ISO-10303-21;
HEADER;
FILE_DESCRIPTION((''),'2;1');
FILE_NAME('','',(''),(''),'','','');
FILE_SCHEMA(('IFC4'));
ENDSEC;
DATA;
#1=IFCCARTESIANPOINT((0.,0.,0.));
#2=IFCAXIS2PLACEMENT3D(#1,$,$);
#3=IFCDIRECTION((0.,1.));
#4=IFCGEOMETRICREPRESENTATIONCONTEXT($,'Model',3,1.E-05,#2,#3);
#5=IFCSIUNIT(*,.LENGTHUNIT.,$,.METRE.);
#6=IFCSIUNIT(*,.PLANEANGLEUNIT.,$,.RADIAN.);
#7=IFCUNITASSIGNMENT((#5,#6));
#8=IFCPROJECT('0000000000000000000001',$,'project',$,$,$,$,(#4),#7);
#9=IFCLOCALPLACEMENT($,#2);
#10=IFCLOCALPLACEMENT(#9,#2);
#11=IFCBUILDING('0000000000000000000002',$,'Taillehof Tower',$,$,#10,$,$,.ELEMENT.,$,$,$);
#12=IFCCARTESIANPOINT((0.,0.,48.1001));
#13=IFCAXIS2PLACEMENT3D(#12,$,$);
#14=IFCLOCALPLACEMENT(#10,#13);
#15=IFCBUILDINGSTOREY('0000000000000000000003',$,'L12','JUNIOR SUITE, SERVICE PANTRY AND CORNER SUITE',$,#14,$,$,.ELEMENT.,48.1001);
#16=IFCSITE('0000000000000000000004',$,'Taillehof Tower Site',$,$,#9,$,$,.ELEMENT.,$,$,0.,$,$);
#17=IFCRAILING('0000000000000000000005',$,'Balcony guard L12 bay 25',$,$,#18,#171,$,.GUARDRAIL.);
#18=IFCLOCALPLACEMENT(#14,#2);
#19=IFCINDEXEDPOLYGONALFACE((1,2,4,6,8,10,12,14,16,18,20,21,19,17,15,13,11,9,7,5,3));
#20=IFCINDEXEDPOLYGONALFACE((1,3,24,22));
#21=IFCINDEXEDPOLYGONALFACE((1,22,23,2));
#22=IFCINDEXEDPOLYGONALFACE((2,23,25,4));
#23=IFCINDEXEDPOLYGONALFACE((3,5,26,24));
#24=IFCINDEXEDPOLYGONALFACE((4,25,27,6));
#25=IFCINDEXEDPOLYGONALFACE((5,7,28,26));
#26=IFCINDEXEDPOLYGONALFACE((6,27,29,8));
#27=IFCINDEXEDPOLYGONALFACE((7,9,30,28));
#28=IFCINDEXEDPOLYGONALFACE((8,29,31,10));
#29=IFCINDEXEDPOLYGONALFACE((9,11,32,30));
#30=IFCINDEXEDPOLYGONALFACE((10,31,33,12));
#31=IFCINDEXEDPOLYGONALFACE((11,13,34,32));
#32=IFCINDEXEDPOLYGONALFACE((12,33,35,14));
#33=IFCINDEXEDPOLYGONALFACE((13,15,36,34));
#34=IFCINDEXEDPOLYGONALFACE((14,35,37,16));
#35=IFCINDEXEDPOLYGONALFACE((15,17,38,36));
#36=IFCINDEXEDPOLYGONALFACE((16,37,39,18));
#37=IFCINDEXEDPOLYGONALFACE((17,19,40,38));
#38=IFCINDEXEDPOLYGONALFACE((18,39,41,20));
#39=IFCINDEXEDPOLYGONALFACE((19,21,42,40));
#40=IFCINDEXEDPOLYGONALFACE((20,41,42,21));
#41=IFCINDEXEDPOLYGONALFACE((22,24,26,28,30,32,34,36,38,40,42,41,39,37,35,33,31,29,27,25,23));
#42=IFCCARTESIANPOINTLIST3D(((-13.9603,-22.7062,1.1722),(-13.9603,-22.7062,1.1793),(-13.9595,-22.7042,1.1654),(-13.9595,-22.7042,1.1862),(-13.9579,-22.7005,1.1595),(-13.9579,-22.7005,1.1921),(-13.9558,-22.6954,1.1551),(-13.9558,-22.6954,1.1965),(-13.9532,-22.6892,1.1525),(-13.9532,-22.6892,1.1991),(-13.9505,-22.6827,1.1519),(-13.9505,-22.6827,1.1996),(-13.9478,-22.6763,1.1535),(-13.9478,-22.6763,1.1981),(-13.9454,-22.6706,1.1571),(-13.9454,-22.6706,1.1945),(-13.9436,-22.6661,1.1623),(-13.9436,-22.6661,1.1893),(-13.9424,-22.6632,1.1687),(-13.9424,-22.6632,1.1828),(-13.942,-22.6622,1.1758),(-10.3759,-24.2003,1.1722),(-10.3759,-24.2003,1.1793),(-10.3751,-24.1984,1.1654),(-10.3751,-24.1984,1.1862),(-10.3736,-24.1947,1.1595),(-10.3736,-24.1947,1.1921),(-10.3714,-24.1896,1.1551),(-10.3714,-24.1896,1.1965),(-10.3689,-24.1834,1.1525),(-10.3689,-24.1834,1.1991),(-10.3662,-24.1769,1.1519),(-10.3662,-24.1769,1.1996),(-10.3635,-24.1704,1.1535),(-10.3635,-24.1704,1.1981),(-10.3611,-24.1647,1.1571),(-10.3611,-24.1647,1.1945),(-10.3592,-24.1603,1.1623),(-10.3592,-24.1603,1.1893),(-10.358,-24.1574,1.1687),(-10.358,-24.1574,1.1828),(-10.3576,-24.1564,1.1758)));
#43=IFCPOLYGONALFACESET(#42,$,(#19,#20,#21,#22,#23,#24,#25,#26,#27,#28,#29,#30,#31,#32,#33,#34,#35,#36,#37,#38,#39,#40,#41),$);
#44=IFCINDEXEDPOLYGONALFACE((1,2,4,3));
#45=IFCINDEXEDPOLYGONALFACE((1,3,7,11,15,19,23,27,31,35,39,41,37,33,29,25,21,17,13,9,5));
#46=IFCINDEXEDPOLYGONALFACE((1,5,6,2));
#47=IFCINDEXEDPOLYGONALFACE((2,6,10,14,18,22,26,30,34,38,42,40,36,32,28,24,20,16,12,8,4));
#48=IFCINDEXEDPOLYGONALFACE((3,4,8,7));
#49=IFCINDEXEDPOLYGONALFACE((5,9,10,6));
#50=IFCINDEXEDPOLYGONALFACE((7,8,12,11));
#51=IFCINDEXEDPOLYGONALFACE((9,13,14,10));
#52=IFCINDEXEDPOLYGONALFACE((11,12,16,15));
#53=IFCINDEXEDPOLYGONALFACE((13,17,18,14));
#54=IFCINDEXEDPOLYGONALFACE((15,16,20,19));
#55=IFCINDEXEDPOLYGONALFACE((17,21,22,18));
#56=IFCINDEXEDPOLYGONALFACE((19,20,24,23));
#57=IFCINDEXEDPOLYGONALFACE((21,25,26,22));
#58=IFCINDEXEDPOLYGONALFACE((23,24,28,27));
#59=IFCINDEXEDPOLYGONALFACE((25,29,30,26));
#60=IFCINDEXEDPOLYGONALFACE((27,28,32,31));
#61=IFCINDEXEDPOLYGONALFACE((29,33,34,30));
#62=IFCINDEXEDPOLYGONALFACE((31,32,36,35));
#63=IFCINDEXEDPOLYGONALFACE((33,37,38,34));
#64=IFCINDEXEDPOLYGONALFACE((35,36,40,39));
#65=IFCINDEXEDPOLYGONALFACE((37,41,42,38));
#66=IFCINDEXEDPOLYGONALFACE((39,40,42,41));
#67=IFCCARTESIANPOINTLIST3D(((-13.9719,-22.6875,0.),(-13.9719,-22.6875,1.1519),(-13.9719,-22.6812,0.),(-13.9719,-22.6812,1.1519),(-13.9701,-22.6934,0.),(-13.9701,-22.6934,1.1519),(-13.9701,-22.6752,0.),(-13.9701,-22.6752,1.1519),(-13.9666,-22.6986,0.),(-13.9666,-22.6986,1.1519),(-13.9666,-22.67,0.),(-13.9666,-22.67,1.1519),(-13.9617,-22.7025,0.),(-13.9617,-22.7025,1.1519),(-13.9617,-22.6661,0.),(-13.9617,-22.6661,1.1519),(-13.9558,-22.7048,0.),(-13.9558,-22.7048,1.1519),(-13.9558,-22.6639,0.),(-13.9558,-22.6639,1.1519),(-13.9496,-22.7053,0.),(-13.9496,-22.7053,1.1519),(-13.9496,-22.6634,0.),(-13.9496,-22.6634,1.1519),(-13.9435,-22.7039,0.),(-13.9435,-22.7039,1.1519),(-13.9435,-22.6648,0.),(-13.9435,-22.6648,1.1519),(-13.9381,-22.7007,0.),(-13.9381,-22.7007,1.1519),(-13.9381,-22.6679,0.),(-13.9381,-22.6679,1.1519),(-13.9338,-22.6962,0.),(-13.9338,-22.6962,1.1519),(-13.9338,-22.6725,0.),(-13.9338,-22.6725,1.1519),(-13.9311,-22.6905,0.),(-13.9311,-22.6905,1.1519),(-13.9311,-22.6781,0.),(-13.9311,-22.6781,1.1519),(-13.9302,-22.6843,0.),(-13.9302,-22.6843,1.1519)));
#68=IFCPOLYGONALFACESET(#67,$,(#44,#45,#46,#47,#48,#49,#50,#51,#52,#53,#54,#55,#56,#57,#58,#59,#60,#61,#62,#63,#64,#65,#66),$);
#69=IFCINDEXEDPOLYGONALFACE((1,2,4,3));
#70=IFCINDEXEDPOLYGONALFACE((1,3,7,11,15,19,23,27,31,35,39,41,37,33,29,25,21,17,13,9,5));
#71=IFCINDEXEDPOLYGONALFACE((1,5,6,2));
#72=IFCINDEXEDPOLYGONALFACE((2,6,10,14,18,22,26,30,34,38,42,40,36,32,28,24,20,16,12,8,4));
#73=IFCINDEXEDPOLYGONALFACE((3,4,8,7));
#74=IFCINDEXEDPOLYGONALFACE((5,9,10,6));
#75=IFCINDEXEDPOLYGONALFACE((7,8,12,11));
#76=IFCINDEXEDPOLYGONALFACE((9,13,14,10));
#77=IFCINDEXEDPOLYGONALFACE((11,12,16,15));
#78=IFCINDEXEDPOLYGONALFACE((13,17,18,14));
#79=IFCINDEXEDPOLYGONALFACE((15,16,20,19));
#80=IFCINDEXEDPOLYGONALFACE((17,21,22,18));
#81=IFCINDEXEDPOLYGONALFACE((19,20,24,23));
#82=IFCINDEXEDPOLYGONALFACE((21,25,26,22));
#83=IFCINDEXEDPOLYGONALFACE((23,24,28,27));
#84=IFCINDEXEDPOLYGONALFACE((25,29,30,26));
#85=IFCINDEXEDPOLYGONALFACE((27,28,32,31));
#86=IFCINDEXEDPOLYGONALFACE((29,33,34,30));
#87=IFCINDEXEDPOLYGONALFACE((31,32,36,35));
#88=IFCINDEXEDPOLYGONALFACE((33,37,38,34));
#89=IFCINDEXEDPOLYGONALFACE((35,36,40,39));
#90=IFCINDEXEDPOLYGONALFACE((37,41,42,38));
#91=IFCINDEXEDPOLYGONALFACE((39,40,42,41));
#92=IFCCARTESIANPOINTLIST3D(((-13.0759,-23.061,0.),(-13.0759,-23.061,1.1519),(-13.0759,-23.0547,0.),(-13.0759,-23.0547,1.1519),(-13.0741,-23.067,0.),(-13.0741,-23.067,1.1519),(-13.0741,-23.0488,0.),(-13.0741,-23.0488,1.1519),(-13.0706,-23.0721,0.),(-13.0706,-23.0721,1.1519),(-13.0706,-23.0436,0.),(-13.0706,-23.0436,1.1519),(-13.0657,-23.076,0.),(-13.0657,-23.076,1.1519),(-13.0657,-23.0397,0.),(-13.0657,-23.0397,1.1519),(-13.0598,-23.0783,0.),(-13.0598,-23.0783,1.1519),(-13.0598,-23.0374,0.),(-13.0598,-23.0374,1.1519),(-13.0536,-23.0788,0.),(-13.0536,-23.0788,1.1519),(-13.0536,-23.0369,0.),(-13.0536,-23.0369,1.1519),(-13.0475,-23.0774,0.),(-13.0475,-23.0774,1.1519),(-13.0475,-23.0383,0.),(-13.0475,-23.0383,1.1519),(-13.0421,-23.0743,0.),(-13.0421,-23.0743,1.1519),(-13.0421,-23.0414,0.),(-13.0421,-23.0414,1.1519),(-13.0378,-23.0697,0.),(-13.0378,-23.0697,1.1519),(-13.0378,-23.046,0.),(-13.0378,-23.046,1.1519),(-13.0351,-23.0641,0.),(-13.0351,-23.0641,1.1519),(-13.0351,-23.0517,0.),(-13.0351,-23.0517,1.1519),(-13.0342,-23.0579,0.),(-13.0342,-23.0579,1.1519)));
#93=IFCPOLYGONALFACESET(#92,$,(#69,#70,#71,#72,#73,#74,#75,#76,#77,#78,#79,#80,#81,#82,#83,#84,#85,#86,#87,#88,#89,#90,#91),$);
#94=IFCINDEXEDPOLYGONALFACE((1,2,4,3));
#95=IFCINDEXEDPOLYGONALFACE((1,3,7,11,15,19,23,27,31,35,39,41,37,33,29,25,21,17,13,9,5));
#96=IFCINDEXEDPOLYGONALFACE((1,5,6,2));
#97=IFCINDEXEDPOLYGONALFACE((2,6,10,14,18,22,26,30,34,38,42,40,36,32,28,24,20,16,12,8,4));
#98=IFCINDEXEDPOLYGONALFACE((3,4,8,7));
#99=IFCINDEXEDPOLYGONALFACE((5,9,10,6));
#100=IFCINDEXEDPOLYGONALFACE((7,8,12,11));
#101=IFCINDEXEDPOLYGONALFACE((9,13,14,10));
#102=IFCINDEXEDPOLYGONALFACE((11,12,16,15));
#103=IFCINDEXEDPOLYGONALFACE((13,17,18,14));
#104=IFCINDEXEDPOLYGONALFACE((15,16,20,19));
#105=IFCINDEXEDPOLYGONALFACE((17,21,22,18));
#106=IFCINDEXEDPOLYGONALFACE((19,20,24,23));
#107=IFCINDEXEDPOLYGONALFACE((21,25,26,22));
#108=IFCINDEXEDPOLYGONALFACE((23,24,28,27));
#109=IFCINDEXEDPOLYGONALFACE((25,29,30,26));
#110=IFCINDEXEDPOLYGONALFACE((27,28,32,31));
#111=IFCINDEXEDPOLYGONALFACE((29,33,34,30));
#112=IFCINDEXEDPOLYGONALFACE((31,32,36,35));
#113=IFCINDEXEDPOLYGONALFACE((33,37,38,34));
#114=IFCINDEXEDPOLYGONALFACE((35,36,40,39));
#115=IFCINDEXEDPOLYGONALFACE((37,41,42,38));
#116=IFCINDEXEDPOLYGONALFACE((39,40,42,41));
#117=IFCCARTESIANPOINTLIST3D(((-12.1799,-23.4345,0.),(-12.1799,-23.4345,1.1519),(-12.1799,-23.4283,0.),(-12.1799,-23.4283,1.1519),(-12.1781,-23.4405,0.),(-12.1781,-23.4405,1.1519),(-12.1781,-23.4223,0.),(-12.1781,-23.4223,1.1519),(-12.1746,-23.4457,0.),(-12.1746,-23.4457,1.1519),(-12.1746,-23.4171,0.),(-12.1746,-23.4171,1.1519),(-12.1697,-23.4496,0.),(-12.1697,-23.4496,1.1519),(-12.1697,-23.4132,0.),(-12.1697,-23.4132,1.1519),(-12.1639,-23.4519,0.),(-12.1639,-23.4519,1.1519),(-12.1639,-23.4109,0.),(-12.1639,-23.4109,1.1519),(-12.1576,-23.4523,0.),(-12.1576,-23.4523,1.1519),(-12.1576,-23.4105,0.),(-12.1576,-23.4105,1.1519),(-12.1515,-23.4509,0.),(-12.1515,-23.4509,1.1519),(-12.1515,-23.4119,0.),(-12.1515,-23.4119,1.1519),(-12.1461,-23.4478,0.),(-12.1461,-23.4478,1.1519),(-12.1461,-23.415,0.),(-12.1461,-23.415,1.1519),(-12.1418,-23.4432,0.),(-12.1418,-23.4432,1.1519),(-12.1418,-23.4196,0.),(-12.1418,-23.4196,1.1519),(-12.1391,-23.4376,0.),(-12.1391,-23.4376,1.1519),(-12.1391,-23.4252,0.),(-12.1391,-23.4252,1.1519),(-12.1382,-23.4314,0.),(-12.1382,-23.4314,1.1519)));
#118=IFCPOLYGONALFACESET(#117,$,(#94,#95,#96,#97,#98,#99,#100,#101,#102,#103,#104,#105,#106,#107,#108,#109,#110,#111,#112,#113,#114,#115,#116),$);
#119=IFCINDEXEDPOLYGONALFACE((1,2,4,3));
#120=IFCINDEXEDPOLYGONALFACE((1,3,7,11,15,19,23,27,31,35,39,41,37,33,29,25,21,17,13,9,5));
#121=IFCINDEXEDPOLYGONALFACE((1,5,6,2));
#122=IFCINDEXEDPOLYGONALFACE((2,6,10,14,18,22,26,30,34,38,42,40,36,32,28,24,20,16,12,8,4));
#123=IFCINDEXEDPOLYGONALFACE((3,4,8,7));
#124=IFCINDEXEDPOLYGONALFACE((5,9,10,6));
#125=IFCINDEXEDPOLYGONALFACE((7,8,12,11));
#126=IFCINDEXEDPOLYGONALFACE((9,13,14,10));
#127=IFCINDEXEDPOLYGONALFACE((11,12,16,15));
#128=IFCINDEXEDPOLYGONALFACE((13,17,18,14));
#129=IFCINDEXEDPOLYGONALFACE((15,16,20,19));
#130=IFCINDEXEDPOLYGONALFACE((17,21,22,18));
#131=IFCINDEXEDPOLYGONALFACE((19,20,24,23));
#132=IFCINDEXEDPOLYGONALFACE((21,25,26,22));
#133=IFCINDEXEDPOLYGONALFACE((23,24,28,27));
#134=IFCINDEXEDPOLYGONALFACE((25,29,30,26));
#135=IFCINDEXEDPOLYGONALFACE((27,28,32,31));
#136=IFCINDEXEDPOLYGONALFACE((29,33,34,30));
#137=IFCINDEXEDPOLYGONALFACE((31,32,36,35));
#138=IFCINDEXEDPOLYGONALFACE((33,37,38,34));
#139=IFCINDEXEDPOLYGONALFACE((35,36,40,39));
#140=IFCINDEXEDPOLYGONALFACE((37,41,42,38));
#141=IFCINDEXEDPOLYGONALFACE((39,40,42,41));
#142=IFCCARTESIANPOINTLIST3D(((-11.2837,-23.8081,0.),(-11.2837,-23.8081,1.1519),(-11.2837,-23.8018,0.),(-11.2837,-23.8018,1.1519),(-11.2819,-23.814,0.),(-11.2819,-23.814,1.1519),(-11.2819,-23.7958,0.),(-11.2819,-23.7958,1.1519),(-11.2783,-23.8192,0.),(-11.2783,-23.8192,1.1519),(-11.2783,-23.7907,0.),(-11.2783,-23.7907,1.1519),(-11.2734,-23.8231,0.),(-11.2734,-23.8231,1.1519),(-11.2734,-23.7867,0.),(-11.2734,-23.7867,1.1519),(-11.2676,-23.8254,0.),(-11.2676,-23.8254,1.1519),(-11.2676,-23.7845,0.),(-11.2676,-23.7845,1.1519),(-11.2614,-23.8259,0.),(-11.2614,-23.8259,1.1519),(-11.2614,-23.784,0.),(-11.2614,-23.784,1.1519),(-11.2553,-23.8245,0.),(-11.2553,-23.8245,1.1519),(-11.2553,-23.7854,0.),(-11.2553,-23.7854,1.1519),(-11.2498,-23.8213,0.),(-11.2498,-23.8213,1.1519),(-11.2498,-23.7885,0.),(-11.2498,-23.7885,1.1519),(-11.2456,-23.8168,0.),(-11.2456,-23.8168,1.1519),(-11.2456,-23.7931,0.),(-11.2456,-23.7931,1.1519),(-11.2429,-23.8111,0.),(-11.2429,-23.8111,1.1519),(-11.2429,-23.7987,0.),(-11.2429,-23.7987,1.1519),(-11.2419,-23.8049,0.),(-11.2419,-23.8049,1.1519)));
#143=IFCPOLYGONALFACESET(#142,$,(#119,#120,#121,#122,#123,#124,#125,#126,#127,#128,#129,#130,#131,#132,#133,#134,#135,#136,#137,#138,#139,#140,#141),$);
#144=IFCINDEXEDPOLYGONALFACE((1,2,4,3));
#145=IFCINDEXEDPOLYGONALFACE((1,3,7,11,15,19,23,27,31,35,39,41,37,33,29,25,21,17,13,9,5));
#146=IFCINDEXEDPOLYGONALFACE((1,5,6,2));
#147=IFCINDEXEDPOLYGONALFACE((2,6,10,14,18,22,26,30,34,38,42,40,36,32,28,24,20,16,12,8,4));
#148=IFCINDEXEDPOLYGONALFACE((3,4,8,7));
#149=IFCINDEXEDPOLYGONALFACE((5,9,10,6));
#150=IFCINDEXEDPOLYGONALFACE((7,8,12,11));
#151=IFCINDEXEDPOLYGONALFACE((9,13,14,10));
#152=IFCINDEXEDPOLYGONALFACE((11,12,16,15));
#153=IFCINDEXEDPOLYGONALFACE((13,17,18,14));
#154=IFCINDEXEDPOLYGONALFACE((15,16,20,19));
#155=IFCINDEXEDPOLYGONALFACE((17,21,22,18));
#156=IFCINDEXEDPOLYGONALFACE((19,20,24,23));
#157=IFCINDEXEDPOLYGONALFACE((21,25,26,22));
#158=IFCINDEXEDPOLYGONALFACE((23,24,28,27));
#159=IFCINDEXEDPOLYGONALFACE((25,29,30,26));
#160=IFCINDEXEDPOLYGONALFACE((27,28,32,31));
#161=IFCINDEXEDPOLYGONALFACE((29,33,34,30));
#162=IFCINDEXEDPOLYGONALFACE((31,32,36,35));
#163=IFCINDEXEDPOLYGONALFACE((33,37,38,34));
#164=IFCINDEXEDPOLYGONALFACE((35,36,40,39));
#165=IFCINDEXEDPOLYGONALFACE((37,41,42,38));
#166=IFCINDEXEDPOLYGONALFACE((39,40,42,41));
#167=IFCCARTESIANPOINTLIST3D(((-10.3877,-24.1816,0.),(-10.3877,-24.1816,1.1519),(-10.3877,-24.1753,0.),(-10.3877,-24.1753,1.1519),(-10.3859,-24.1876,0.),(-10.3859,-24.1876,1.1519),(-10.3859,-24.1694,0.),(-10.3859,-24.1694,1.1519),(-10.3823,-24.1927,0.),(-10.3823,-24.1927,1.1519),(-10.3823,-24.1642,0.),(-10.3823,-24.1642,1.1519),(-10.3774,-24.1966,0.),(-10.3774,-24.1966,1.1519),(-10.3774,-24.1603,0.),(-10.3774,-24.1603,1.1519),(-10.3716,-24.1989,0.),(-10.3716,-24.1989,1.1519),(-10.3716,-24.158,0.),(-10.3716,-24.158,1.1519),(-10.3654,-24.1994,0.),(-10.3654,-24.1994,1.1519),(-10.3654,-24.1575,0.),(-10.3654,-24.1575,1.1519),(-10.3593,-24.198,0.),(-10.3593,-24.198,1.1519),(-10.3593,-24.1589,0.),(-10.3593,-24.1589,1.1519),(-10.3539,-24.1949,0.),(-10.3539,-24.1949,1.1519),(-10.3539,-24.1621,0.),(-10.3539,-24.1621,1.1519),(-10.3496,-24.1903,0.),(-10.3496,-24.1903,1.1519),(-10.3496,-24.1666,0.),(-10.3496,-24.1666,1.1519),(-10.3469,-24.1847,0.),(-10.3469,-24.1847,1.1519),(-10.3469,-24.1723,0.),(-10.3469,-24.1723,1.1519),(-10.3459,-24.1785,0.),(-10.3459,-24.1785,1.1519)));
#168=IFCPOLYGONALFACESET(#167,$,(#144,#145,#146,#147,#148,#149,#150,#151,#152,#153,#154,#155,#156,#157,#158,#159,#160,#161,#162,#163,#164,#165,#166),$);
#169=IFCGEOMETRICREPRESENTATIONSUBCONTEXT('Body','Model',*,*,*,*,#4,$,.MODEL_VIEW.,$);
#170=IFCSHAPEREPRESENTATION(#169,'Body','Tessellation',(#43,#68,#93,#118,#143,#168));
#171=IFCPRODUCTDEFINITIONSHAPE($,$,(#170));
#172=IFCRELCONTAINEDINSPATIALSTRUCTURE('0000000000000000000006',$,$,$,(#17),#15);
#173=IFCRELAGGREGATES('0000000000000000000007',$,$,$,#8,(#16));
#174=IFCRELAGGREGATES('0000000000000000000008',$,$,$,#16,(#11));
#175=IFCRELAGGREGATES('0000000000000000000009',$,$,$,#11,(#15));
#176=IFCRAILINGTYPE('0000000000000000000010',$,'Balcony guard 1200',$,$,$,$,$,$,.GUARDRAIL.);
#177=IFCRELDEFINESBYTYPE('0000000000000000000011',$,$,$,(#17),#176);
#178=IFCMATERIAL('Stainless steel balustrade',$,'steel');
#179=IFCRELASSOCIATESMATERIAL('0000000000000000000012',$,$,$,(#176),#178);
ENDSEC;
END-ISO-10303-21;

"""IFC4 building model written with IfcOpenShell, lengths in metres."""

from ifc_helpers import new_model, si_unit, direction, frame, origin, origin_2d, place, context, subcontext, project, spatial, circle, extrude, material, type_object, element, save


model = new_model("IFC4")

# Units and contexts
model_context = context("Model", 3, precision=1e-05, world=origin(), true_north=direction((0.0, 1.0)))
body_context = subcontext(model_context, "Body", "Model", "MODEL_VIEW")
ifc_project = project(units=[si_unit("LENGTHUNIT", "METRE"), si_unit("PLANEANGLEUNIT", "RADIAN")], contexts=[model_context])

# Site, building, storey
site_placement = place(None, origin())
site = spatial("IfcSite", under=ifc_project, at=site_placement, Name="Taillehof Tower Site", CompositionType="ELEMENT", RefElevation=0.0)
building_placement = place(site_placement, origin())
building = spatial("IfcBuilding", under=site, at=building_placement, Name="Taillehof Tower", CompositionType="ELEMENT")
storey_placement = place(building_placement, frame((0.0, 0.0, 48.1001)))
storey = spatial("IfcBuildingStorey", under=building, at=storey_placement, Name="L12", Description="JUNIOR SUITE, SERVICE PANTRY AND CORNER SUITE", CompositionType="ELEMENT", Elevation=48.1001)

# Railing
ifc_material_1 = material(Name="Stainless steel balustrade", Category="steel")
railing_type = type_object("IfcRailingType", Name="Balcony guard 1200", PredefinedType="GUARDRAIL", material=ifc_material_1)
railing_1_placement = place(storey_placement, frame((-13.9512, -22.6843, 0.0)))
element("IfcRailing", 1, at=railing_1_placement, inside=storey, type_object=railing_type, Name="Balcony guard L12 bay 25", PredefinedType="GUARDRAIL", context=body_context, shape_type="SweptSolid", body=[
    extrude(circle(Radius=0.0239, at=origin_2d()), frame((0.0, 0.0, 1.1758), z_axis=(0.923012, -0.384772, 0.0), x_axis=(0.384772, 0.923012, 0.0)), (0.0, 0.0, 1.0), 3.8833),
    extrude(circle(Radius=0.021, at=origin_2d()), origin(), (0.0, 0.0, 1.0), 1.1519),
    extrude(circle(Radius=0.021, at=origin_2d()), frame((0.896, -0.3735, 0.0)), (0.0, 0.0, 1.0), 1.1519),
    extrude(circle(Radius=0.021, at=origin_2d()), frame((1.792, -0.7471, 0.0)), (0.0, 0.0, 1.0), 1.1519),
    extrude(circle(Radius=0.021, at=origin_2d()), frame((2.6882, -1.1206, 0.0)), (0.0, 0.0, 1.0), 1.1519),
    extrude(circle(Radius=0.021, at=origin_2d()), frame((3.5842, -1.4941, 0.0)), (0.0, 0.0, 1.0), 1.1519),
])

save(model, "model.ifc")
